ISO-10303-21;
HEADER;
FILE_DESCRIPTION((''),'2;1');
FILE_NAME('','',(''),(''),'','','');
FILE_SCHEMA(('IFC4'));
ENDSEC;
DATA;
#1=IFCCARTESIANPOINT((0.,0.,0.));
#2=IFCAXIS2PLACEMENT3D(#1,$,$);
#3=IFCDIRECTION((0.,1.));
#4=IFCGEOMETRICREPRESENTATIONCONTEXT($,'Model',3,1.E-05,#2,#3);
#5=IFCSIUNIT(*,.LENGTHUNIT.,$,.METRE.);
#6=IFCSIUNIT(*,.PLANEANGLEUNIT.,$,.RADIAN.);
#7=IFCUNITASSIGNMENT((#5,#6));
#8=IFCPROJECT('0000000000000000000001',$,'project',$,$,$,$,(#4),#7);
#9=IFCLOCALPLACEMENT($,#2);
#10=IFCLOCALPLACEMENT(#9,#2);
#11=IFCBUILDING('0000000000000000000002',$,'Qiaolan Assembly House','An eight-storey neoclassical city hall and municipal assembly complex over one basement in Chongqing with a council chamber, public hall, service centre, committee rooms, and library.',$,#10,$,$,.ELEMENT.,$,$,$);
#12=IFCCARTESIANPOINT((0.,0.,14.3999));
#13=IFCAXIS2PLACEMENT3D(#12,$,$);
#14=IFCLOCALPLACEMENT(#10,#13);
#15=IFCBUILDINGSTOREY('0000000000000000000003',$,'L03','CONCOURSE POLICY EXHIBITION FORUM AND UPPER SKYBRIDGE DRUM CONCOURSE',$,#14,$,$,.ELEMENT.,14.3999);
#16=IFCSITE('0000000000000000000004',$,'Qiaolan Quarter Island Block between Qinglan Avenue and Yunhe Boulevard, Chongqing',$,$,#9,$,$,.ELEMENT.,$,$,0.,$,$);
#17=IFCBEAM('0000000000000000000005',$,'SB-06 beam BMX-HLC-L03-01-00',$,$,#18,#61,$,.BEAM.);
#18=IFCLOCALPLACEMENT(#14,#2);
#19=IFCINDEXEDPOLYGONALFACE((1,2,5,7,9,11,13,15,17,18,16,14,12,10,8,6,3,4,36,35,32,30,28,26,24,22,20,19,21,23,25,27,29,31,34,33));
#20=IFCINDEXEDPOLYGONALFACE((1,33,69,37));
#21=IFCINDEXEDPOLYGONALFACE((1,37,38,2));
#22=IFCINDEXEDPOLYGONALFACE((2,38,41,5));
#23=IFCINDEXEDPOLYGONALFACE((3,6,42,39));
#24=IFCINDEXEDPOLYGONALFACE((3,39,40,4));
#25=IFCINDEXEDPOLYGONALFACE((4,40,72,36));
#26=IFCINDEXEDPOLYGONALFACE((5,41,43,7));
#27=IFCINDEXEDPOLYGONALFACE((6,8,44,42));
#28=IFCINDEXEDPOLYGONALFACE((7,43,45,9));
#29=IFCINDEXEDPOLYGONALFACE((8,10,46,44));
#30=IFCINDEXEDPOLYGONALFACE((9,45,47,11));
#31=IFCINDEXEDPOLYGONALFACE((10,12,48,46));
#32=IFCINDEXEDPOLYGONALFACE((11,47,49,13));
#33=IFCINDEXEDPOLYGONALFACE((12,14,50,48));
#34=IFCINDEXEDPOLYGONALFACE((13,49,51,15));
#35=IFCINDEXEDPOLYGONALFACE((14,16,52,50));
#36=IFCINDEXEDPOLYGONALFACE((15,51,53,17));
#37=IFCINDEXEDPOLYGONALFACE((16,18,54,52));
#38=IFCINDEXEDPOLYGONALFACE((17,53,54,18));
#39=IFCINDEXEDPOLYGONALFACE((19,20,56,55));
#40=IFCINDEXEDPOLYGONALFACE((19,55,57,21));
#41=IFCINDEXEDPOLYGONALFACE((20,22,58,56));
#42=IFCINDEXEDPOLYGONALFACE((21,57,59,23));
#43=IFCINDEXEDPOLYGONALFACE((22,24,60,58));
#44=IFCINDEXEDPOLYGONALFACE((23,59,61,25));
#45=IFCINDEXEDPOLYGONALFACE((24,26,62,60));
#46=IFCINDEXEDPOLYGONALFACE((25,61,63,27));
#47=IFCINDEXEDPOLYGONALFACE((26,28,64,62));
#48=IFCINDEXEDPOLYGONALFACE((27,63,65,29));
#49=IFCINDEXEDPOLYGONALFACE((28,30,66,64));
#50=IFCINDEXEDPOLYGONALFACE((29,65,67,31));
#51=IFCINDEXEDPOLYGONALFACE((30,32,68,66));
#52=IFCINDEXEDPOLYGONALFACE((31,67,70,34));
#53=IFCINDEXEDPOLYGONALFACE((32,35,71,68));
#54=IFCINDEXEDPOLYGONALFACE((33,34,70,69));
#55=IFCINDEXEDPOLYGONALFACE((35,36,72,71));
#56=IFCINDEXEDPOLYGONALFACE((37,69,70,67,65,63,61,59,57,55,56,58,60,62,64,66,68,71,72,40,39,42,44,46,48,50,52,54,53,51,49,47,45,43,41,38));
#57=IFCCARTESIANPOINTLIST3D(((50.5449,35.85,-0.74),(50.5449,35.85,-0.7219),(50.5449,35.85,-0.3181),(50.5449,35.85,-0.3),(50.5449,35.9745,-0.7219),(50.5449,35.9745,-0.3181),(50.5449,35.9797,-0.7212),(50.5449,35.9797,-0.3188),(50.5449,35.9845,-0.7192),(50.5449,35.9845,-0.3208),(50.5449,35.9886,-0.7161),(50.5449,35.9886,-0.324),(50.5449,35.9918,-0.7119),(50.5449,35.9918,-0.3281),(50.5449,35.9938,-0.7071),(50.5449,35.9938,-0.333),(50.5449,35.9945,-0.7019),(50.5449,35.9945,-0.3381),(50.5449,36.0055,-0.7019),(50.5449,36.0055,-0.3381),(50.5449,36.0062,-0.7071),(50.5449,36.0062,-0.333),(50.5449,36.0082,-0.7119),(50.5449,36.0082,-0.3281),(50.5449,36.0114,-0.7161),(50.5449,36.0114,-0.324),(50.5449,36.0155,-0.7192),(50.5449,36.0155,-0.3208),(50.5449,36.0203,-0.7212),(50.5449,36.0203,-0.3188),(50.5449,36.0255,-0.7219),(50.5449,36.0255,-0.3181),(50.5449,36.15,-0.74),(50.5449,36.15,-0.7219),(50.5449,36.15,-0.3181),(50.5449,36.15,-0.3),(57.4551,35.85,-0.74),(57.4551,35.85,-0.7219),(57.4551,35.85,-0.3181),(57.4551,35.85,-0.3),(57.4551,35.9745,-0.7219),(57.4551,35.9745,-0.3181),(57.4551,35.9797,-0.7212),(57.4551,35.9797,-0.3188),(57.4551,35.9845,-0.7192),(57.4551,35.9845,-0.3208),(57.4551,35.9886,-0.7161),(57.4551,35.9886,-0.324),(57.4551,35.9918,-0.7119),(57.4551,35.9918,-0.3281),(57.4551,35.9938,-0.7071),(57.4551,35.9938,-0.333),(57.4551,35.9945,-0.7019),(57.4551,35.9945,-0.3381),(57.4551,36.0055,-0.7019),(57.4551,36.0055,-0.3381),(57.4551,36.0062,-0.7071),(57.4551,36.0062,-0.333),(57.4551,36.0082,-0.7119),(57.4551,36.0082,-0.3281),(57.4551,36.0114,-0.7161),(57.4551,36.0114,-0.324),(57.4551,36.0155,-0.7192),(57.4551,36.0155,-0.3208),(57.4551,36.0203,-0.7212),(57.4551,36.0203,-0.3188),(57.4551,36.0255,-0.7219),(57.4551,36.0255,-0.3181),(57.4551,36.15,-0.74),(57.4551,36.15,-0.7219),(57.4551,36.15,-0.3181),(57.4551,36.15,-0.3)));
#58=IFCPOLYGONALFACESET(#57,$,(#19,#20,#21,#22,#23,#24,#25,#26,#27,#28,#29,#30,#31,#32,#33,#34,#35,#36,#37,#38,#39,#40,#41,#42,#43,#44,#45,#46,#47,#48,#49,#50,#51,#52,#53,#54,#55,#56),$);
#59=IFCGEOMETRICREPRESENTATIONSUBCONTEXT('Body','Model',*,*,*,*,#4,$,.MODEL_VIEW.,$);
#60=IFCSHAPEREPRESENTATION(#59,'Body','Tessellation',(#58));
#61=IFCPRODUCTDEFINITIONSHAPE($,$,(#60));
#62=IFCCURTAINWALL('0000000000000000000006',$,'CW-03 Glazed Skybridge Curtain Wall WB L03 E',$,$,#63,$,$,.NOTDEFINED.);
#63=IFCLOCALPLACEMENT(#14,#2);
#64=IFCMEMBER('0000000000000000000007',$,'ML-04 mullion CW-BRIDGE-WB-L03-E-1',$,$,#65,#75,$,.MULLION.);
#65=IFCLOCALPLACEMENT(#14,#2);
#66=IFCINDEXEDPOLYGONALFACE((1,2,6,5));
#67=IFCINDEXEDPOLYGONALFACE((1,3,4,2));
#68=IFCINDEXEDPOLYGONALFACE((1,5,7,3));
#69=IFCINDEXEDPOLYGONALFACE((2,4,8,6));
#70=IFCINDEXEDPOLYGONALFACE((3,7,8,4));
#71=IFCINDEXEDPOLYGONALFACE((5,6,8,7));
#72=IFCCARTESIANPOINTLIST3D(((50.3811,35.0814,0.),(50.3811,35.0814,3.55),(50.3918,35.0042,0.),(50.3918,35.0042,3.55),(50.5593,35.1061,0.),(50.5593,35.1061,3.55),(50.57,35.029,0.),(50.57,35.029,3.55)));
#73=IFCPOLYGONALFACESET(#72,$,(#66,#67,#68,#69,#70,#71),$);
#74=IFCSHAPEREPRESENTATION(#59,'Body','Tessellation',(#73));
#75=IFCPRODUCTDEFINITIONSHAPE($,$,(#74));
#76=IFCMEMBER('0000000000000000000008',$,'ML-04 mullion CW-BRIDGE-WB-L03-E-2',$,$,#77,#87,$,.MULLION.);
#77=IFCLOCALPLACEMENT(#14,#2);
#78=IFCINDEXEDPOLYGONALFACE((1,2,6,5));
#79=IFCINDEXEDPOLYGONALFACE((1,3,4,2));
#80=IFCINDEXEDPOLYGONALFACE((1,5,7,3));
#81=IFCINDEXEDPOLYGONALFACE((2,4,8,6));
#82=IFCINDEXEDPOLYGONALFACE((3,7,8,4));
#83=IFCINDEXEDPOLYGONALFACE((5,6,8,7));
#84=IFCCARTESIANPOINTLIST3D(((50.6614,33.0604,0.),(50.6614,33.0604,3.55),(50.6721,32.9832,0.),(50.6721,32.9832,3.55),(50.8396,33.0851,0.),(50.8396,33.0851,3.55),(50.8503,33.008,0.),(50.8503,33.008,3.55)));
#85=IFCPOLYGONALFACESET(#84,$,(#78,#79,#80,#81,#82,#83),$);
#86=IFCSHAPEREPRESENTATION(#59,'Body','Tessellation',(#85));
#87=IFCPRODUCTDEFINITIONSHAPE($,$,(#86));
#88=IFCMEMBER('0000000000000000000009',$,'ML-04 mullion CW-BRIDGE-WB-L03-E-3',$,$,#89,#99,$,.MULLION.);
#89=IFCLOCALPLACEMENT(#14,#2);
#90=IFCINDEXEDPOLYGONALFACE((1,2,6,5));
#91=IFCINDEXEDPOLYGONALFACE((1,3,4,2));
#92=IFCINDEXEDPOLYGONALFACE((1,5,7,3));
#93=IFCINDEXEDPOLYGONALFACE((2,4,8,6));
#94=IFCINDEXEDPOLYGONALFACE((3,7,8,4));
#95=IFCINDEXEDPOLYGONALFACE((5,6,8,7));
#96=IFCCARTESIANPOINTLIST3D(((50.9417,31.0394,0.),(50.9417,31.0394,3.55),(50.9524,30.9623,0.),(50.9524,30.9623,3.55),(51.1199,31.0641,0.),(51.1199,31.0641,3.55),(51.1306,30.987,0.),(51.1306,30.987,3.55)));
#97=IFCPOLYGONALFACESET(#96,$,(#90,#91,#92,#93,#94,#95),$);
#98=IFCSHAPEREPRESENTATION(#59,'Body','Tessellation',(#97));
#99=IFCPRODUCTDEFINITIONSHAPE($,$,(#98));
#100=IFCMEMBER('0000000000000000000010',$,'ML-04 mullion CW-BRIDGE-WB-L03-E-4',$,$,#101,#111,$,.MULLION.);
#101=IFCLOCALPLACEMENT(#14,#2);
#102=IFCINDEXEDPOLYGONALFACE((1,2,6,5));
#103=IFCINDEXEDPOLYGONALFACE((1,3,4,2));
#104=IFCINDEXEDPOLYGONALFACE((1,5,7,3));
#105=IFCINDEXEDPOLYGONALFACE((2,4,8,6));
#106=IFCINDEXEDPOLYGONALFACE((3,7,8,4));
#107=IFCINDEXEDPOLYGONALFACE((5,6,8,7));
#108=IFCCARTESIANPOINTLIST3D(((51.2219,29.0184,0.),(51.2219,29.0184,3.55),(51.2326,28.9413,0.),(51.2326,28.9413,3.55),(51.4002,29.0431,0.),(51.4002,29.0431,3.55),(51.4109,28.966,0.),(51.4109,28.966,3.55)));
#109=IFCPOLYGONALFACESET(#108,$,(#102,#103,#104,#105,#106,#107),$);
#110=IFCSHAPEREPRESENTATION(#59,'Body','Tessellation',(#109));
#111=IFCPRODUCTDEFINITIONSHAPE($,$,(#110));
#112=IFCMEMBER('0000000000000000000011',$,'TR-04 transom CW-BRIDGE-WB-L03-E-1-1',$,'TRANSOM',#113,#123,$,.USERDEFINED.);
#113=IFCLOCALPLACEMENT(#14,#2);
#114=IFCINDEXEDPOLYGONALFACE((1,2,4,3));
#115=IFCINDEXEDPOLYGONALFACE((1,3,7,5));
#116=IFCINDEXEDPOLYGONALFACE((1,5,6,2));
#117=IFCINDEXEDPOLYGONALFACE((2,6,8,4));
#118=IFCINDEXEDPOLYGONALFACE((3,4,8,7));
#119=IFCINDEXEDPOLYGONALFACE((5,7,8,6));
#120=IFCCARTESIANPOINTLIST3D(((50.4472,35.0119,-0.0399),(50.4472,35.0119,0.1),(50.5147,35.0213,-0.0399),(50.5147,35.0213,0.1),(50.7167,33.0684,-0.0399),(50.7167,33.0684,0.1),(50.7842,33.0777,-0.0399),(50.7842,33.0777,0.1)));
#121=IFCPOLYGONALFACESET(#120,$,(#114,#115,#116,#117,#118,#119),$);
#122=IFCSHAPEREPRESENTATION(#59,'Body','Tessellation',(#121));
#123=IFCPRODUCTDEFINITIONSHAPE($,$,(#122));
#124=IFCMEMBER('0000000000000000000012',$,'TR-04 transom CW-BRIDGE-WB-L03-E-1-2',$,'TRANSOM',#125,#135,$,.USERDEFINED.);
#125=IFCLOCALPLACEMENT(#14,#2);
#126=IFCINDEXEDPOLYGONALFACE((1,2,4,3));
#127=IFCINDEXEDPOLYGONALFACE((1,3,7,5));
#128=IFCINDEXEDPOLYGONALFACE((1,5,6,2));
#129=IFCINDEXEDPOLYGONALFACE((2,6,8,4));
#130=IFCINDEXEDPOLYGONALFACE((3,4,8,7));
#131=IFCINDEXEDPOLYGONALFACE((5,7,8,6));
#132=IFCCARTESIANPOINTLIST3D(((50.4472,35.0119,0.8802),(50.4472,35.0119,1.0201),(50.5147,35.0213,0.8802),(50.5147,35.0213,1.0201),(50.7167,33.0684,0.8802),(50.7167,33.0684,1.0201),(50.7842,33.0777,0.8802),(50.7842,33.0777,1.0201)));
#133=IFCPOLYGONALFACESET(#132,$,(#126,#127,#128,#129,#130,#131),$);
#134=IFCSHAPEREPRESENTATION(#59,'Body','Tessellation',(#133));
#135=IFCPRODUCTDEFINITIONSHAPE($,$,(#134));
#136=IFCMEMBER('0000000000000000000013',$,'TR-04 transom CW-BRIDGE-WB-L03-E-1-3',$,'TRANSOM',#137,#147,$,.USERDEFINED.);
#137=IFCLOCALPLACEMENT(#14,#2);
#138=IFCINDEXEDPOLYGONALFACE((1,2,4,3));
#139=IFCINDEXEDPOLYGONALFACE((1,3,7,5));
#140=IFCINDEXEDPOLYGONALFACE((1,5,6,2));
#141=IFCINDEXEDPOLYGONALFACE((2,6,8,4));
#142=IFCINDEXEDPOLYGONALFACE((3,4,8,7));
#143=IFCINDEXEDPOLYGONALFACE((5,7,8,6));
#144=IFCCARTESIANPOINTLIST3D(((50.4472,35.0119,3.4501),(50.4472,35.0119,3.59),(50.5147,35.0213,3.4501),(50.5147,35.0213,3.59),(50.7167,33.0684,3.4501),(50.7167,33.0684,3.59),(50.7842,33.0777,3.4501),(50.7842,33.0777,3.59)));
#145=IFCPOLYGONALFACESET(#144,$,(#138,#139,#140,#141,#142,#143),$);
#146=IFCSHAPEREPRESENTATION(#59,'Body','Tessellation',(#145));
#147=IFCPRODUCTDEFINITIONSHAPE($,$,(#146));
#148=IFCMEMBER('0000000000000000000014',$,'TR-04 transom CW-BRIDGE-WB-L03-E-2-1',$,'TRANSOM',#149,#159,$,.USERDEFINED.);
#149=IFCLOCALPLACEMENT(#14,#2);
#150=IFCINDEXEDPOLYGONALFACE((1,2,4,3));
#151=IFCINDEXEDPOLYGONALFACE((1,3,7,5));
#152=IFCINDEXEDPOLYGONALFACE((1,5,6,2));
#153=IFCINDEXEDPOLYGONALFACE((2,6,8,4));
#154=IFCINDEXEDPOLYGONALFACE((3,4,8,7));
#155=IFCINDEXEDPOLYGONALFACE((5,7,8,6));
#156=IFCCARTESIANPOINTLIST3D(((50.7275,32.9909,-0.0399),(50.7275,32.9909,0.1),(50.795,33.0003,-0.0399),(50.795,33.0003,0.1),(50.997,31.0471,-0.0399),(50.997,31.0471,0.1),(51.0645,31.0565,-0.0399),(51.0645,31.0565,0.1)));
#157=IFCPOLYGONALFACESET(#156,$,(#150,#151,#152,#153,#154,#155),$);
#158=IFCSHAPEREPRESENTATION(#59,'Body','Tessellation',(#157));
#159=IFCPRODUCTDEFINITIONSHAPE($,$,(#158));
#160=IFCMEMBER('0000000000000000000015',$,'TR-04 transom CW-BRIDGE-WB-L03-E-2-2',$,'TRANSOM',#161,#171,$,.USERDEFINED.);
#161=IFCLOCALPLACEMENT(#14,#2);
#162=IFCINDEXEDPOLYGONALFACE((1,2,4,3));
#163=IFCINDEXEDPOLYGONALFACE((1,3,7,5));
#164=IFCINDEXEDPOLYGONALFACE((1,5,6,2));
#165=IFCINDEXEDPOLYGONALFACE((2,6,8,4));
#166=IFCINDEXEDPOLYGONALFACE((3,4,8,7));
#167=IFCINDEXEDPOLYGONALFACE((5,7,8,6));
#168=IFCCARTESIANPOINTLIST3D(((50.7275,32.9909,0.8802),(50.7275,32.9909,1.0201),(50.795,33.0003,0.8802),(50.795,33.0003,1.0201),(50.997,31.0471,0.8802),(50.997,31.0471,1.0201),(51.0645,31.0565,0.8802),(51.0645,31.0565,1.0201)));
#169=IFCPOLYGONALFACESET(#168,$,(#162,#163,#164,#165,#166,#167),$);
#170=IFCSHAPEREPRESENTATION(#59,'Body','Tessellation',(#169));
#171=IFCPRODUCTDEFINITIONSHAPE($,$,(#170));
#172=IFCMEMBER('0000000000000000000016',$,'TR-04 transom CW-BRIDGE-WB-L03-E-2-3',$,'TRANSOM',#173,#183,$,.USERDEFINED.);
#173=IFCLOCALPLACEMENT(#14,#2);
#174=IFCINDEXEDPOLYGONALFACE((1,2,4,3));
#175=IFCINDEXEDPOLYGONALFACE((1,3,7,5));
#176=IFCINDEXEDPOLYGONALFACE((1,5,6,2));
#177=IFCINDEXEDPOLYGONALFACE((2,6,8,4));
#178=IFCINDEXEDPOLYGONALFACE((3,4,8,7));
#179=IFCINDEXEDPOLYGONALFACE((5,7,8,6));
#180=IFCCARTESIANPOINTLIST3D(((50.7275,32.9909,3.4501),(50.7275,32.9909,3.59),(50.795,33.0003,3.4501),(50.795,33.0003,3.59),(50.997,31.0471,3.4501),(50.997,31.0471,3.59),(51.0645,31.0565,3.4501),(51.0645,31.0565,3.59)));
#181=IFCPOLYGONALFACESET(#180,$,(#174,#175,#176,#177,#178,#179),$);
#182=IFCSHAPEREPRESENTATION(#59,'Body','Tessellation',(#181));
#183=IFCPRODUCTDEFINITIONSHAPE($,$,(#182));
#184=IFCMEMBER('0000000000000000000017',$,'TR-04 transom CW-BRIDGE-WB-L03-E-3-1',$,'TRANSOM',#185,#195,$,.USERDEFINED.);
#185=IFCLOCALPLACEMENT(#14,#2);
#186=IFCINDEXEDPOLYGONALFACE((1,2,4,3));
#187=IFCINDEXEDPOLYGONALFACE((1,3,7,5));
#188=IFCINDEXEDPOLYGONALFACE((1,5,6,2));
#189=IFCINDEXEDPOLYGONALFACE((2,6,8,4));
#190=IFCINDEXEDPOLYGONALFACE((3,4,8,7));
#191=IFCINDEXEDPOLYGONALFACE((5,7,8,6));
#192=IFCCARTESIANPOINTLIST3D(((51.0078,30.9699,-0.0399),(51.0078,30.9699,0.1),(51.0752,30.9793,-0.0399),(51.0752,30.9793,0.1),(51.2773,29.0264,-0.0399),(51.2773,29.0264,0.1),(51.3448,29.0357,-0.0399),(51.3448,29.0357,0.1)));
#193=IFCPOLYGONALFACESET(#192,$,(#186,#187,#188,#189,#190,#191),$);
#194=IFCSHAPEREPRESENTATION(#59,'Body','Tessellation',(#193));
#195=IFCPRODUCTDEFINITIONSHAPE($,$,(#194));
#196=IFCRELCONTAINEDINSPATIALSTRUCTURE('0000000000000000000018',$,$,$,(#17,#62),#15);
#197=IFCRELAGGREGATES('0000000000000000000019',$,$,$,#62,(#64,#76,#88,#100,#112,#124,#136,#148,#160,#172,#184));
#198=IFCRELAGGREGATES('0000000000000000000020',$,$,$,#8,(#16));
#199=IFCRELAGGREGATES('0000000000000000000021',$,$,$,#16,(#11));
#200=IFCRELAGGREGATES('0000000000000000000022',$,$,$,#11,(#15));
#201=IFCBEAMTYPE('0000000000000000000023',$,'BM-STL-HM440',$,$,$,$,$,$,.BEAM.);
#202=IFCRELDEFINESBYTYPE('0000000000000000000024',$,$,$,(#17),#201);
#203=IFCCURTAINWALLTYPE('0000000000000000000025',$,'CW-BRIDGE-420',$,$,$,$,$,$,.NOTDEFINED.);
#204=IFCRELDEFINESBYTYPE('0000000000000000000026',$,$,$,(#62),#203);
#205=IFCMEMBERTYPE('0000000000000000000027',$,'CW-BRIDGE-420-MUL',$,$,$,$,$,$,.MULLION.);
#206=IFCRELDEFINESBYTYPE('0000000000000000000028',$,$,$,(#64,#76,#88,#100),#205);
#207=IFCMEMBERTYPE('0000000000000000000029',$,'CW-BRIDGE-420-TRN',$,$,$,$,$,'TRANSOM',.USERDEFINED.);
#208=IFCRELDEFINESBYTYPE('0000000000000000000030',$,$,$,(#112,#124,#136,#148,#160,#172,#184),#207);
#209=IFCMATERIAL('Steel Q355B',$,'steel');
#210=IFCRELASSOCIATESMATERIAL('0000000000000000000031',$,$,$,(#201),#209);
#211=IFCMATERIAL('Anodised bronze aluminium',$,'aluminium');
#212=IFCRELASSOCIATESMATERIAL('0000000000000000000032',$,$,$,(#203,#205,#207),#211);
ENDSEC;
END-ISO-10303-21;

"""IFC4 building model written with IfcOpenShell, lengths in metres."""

from ifc_helpers import new_model, si_unit, direction, frame, origin, origin_2d, place, context, subcontext, project, spatial, rectangle, i_section, extrude, material, material_profile, profile_set, type_object, element, aggregate, save


model = new_model("IFC4")

# Units and contexts
model_context = context("Model", 3, precision=1e-05, world=origin(), true_north=direction((0.0, 1.0)))
body_context = subcontext(model_context, "Body", "Model", "MODEL_VIEW")
ifc_project = project(units=[si_unit("LENGTHUNIT", "METRE"), si_unit("PLANEANGLEUNIT", "RADIAN")], contexts=[model_context])

# Site, building, storey
site_placement = place(None, origin())
site = spatial("IfcSite", under=ifc_project, at=site_placement, Name="Qiaolan Quarter Island Block between Qinglan Avenue and Yunhe Boulevard, Chongqing", CompositionType="ELEMENT", RefElevation=0.0)
building_placement = place(site_placement, origin())
building = spatial("IfcBuilding", under=site, at=building_placement, Name="Qiaolan Assembly House", Description="An eight-storey neoclassical city hall and municipal assembly complex over one basement in Chongqing with a council chamber, public hall, service centre, committee rooms, and library.", CompositionType="ELEMENT")
storey_placement = place(building_placement, frame((0.0, 0.0, 14.3999)))
storey = spatial("IfcBuildingStorey", under=building, at=storey_placement, Name="L03", Description="CONCOURSE POLICY EXHIBITION FORUM AND UPPER SKYBRIDGE DRUM CONCOURSE", CompositionType="ELEMENT", Elevation=14.3999)

# Beam
ifc_material_1 = material(Name="Steel Q355B", Category="steel")
ifc_material_profile_1 = material_profile(ifc_material_1, i_section(OverallWidth=0.3, OverallDepth=0.4399, WebThickness=0.011, FlangeThickness=0.0181, FilletRadius=0.02, at=origin_2d()), Name="HM 440x300x11x18")
ifc_profile_set_1 = profile_set([ifc_material_profile_1], Name="Steel Q355B")
beam_type = type_object("IfcBeamType", Name="BM-STL-HM440", PredefinedType="BEAM", material=ifc_profile_set_1)
beam_placement = place(storey_placement, frame((50.5449, 36.0, -0.52), z_axis=(1.0, 0.0, 0.0), x_axis=(0.0, 1.0, 0.0)))
element("IfcBeam", 1, at=beam_placement, inside=storey, type_object=beam_type, Name="SB-06 beam BMX-HLC-L03-01-00", PredefinedType="BEAM", context=body_context, shape_type="SweptSolid", body=[
    extrude(i_section(OverallWidth=0.3, OverallDepth=0.4399, WebThickness=0.011, FlangeThickness=0.0181, FilletRadius=0.02, at=origin_2d()), origin(), (0.0, 0.0, 1.0), 6.9102),
])

# Curtain wall, members
ifc_material_2 = material(Name="Anodised bronze aluminium", Category="aluminium")
curtain_wall_type_1 = type_object("IfcCurtainWallType", Name="CW-BRIDGE-420", PredefinedType="NOTDEFINED", material=ifc_material_2)
curtain_wall_1_placement = place(storey_placement, origin())
curtain_wall_1 = element("IfcCurtainWall", 2, at=curtain_wall_1_placement, inside=storey, type_object=curtain_wall_type_1, Name="CW-03 Glazed Skybridge Curtain Wall WB L03 E", PredefinedType="NOTDEFINED")
ifc_material_profile_2 = material_profile(ifc_material_2, rectangle(XDim=0.0779, YDim=0.1799, at=origin_2d()), Name="MUL 78x180")
ifc_profile_set_2 = profile_set([ifc_material_profile_2], Name="Anodised bronze aluminium")
member_type_1 = type_object("IfcMemberType", Name="CW-BRIDGE-420-MUL", PredefinedType="MULLION", material=ifc_profile_set_2)
member_1_placement = place(storey_placement, frame((50.4756, 35.0552, 0.0), z_axis=(0.0, 0.0, 1.0), x_axis=(0.137388, -0.990517, 0.0)))
member_1 = element("IfcMember", 3, at=member_1_placement, type_object=member_type_1, Name="ML-04 mullion CW-BRIDGE-WB-L03-E-1", PredefinedType="MULLION", context=body_context, shape_type="SweptSolid", body=[
    extrude(rectangle(XDim=0.0779, YDim=0.1799, at=origin_2d()), origin(), (0.0, 0.0, 1.0), 3.55),
])
member_2_placement = place(storey_placement, frame((50.7559, 33.0342, 0.0), z_axis=(0.0, 0.0, 1.0), x_axis=(0.137388, -0.990517, 0.0)))
member_2 = element("IfcMember", 4, at=member_2_placement, type_object=member_type_1, Name="ML-04 mullion CW-BRIDGE-WB-L03-E-2", PredefinedType="MULLION", context=body_context, shape_type="SweptSolid", body=[
    extrude(rectangle(XDim=0.0779, YDim=0.1799, at=origin_2d()), origin(), (0.0, 0.0, 1.0), 3.55),
])
member_3_placement = place(storey_placement, frame((51.0361, 31.0132, 0.0), z_axis=(0.0, 0.0, 1.0), x_axis=(0.137388, -0.990517, 0.0)))
member_3 = element("IfcMember", 5, at=member_3_placement, type_object=member_type_1, Name="ML-04 mullion CW-BRIDGE-WB-L03-E-3", PredefinedType="MULLION", context=body_context, shape_type="SweptSolid", body=[
    extrude(rectangle(XDim=0.0779, YDim=0.1799, at=origin_2d()), origin(), (0.0, 0.0, 1.0), 3.55),
])
member_4_placement = place(storey_placement, frame((51.3164, 28.9922, 0.0), z_axis=(0.0, 0.0, 1.0), x_axis=(0.137388, -0.990517, 0.0)))
member_4 = element("IfcMember", 6, at=member_4_placement, type_object=member_type_1, Name="ML-04 mullion CW-BRIDGE-WB-L03-E-4", PredefinedType="MULLION", context=body_context, shape_type="SweptSolid", body=[
    extrude(rectangle(XDim=0.0779, YDim=0.1799, at=origin_2d()), origin(), (0.0, 0.0, 1.0), 3.55),
])
ifc_material_profile_3 = material_profile(ifc_material_2, rectangle(XDim=0.0681, YDim=0.1399, at=origin_2d()), Name="TRN 68x140")
ifc_profile_set_3 = profile_set([ifc_material_profile_3], Name="Anodised bronze aluminium")
member_type_2 = type_object("IfcMemberType", Name="CW-BRIDGE-420-TRN", ElementType="TRANSOM", PredefinedType="USERDEFINED", material=ifc_profile_set_3)
member_5_placement = place(storey_placement, frame((50.481, 35.0166, 0.03), z_axis=(0.137362, -0.990521, 0.0), x_axis=(0.990521, 0.137362, 0.0)))
member_5 = element("IfcMember", 7, at=member_5_placement, type_object=member_type_2, Name="TR-04 transom CW-BRIDGE-WB-L03-E-1-1", ObjectType="TRANSOM", PredefinedType="USERDEFINED", context=body_context, shape_type="SweptSolid", body=[
    extrude(rectangle(XDim=0.0681, YDim=0.1399, at=origin_2d()), origin(), (0.0, 0.0, 1.0), 1.9622),
])
member_6_placement = place(storey_placement, frame((50.481, 35.0166, 0.9502), z_axis=(0.137362, -0.990521, 0.0), x_axis=(0.990521, 0.137362, 0.0)))
member_6 = element("IfcMember", 8, at=member_6_placement, type_object=member_type_2, Name="TR-04 transom CW-BRIDGE-WB-L03-E-1-2", ObjectType="TRANSOM", PredefinedType="USERDEFINED", context=body_context, shape_type="SweptSolid", body=[
    extrude(rectangle(XDim=0.0681, YDim=0.1399, at=origin_2d()), origin(), (0.0, 0.0, 1.0), 1.9622),
])
member_7_placement = place(storey_placement, frame((50.481, 35.0166, 3.52), z_axis=(0.137362, -0.990521, 0.0), x_axis=(0.990521, 0.137362, 0.0)))
member_7 = element("IfcMember", 9, at=member_7_placement, type_object=member_type_2, Name="TR-04 transom CW-BRIDGE-WB-L03-E-1-3", ObjectType="TRANSOM", PredefinedType="USERDEFINED", context=body_context, shape_type="SweptSolid", body=[
    extrude(rectangle(XDim=0.0681, YDim=0.1399, at=origin_2d()), origin(), (0.0, 0.0, 1.0), 1.9622),
])
member_8_placement = place(storey_placement, frame((50.7612, 32.9956, 0.03), z_axis=(0.137345, -0.990523, 0.0), x_axis=(0.990523, 0.137345, 0.0)))
member_8 = element("IfcMember", 10, at=member_8_placement, type_object=member_type_2, Name="TR-04 transom CW-BRIDGE-WB-L03-E-2-1", ObjectType="TRANSOM", PredefinedType="USERDEFINED", context=body_context, shape_type="SweptSolid", body=[
    extrude(rectangle(XDim=0.0681, YDim=0.1399, at=origin_2d()), origin(), (0.0, 0.0, 1.0), 1.9624),
])
member_9_placement = place(storey_placement, frame((50.7612, 32.9956, 0.9502), z_axis=(0.137345, -0.990523, 0.0), x_axis=(0.990523, 0.137345, 0.0)))
member_9 = element("IfcMember", 11, at=member_9_placement, type_object=member_type_2, Name="TR-04 transom CW-BRIDGE-WB-L03-E-2-2", ObjectType="TRANSOM", PredefinedType="USERDEFINED", context=body_context, shape_type="SweptSolid", body=[
    extrude(rectangle(XDim=0.0681, YDim=0.1399, at=origin_2d()), origin(), (0.0, 0.0, 1.0), 1.9624),
])
member_10_placement = place(storey_placement, frame((50.7612, 32.9956, 3.52), z_axis=(0.137345, -0.990523, 0.0), x_axis=(0.990523, 0.137345, 0.0)))
member_10 = element("IfcMember", 12, at=member_10_placement, type_object=member_type_2, Name="TR-04 transom CW-BRIDGE-WB-L03-E-2-3", ObjectType="TRANSOM", PredefinedType="USERDEFINED", context=body_context, shape_type="SweptSolid", body=[
    extrude(rectangle(XDim=0.0681, YDim=0.1399, at=origin_2d()), origin(), (0.0, 0.0, 1.0), 1.9624),
])
member_11_placement = place(storey_placement, frame((51.0415, 30.9746, 0.03), z_axis=(0.137362, -0.990521, 0.0), x_axis=(0.990521, 0.137362, 0.0)))
member_11 = element("IfcMember", 13, at=member_11_placement, type_object=member_type_2, Name="TR-04 transom CW-BRIDGE-WB-L03-E-3-1", ObjectType="TRANSOM", PredefinedType="USERDEFINED", context=body_context, shape_type="SweptSolid", body=[
    extrude(rectangle(XDim=0.0681, YDim=0.1399, at=origin_2d()), origin(), (0.0, 0.0, 1.0), 1.9622),
])

aggregate(curtain_wall_1, [member_1, member_2, member_3, member_4, member_5, member_6, member_7, member_8, member_9, member_10, member_11])

save(model, "model.ifc")
